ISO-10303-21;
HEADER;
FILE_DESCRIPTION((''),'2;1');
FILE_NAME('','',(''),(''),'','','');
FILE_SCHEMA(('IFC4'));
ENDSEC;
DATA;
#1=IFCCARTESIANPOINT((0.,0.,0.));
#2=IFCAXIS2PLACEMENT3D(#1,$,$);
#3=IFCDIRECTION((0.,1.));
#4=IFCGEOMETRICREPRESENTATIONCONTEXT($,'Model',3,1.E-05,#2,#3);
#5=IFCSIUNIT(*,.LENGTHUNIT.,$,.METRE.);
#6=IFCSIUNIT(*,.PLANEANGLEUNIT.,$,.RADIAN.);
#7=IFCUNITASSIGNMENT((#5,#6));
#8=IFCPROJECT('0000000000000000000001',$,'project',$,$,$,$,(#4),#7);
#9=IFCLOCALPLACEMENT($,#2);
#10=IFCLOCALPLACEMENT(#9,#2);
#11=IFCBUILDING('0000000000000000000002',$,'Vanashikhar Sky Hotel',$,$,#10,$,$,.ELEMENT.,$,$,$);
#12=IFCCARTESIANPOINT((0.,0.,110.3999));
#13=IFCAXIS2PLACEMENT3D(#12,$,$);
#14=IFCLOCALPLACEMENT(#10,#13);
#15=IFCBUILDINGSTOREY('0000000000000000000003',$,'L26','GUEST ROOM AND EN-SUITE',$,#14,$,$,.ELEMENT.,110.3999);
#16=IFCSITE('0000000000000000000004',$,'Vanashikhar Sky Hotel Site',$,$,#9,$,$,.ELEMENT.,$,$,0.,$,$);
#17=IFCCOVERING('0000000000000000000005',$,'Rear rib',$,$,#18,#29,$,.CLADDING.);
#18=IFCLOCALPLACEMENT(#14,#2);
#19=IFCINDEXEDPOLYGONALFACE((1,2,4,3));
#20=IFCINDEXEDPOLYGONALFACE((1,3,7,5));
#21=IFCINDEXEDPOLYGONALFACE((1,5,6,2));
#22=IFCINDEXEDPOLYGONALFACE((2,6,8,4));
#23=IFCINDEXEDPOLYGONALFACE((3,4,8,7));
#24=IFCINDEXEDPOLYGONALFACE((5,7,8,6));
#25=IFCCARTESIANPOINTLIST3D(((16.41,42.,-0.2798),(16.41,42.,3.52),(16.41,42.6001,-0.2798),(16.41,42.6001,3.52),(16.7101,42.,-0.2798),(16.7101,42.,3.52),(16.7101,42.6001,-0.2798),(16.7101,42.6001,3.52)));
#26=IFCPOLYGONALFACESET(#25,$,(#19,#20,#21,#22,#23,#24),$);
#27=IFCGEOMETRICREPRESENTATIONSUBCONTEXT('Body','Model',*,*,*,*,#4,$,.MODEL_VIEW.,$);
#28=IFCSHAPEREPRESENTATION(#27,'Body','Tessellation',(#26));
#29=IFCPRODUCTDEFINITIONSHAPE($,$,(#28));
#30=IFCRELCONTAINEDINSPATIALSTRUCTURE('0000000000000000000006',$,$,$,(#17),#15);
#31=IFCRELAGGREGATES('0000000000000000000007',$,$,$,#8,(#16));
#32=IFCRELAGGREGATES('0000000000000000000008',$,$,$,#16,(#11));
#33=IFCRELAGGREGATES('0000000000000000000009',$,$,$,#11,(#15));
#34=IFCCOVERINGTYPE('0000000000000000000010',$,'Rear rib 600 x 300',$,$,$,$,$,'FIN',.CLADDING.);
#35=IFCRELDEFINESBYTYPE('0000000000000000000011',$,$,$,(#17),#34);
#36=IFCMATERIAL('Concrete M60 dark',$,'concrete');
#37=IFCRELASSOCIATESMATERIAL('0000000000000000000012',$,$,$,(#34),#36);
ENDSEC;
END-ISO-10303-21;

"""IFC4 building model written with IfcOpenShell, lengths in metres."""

from ifc_helpers import new_model, si_unit, direction, frame, origin, origin_2d, place, context, subcontext, project, spatial, rectangle, extrude, source, transform, mapped, material, material_profile, profile_set, type_object, element, save


model = new_model("IFC4")

# Units and contexts
model_context = context("Model", 3, precision=1e-05, world=origin(), true_north=direction((0.0, 1.0)))
body_context = subcontext(model_context, "Body", "Model", "MODEL_VIEW")
ifc_project = project(units=[si_unit("LENGTHUNIT", "METRE"), si_unit("PLANEANGLEUNIT", "RADIAN")], contexts=[model_context])

# Site, building, storey
site_placement = place(None, origin())
site = spatial("IfcSite", under=ifc_project, at=site_placement, Name="Vanashikhar Sky Hotel Site", CompositionType="ELEMENT", RefElevation=0.0)
building_placement = place(site_placement, origin())
building = spatial("IfcBuilding", under=site, at=building_placement, Name="Vanashikhar Sky Hotel", CompositionType="ELEMENT")
storey_placement = place(building_placement, frame((0.0, 0.0, 110.3999)))
storey = spatial("IfcBuildingStorey", under=building, at=storey_placement, Name="L26", Description="GUEST ROOM AND EN-SUITE", CompositionType="ELEMENT", Elevation=110.3999)

# Covering
ifc_material_1 = material(Name="Concrete M60 dark", Category="concrete")
ifc_material_profile_1 = material_profile(ifc_material_1, rectangle(XDim=0.6001, YDim=0.3, at=origin_2d()))
ifc_profile_set_1 = profile_set([ifc_material_profile_1], Name="Rear rib 600 x 300")
covering_type_1 = type_object("IfcCoveringType", Name="Rear rib 600 x 300", ElementType="FIN", PredefinedType="CLADDING", material=ifc_profile_set_1)
shared_shape_1 = source(origin(), body_context, "Body", "SweptSolid", [
    extrude(rectangle(XDim=0.6001, YDim=0.3, at=origin_2d()), origin(), (0.0, 0.0, 1.0), 3.7998),
])
for number, where, z_axis, x_axis, name in (
    (1, (16.5601, 42.3, -0.2798), (0.0, 0.0, 1.0), (0.0, 1.0, 0.0), "Rear rib"),
):
    element("IfcCovering", number, at=place(storey_placement, frame(where, z_axis=z_axis, x_axis=x_axis)), inside=storey, type_object=covering_type_1, Name=name, PredefinedType="CLADDING", context=body_context, shape_type="MappedRepresentation", body=[
        mapped(shared_shape_1, transform((0.0, 0.0, 0.0), scale=1.0)),
    ])

save(model, "model.ifc")
